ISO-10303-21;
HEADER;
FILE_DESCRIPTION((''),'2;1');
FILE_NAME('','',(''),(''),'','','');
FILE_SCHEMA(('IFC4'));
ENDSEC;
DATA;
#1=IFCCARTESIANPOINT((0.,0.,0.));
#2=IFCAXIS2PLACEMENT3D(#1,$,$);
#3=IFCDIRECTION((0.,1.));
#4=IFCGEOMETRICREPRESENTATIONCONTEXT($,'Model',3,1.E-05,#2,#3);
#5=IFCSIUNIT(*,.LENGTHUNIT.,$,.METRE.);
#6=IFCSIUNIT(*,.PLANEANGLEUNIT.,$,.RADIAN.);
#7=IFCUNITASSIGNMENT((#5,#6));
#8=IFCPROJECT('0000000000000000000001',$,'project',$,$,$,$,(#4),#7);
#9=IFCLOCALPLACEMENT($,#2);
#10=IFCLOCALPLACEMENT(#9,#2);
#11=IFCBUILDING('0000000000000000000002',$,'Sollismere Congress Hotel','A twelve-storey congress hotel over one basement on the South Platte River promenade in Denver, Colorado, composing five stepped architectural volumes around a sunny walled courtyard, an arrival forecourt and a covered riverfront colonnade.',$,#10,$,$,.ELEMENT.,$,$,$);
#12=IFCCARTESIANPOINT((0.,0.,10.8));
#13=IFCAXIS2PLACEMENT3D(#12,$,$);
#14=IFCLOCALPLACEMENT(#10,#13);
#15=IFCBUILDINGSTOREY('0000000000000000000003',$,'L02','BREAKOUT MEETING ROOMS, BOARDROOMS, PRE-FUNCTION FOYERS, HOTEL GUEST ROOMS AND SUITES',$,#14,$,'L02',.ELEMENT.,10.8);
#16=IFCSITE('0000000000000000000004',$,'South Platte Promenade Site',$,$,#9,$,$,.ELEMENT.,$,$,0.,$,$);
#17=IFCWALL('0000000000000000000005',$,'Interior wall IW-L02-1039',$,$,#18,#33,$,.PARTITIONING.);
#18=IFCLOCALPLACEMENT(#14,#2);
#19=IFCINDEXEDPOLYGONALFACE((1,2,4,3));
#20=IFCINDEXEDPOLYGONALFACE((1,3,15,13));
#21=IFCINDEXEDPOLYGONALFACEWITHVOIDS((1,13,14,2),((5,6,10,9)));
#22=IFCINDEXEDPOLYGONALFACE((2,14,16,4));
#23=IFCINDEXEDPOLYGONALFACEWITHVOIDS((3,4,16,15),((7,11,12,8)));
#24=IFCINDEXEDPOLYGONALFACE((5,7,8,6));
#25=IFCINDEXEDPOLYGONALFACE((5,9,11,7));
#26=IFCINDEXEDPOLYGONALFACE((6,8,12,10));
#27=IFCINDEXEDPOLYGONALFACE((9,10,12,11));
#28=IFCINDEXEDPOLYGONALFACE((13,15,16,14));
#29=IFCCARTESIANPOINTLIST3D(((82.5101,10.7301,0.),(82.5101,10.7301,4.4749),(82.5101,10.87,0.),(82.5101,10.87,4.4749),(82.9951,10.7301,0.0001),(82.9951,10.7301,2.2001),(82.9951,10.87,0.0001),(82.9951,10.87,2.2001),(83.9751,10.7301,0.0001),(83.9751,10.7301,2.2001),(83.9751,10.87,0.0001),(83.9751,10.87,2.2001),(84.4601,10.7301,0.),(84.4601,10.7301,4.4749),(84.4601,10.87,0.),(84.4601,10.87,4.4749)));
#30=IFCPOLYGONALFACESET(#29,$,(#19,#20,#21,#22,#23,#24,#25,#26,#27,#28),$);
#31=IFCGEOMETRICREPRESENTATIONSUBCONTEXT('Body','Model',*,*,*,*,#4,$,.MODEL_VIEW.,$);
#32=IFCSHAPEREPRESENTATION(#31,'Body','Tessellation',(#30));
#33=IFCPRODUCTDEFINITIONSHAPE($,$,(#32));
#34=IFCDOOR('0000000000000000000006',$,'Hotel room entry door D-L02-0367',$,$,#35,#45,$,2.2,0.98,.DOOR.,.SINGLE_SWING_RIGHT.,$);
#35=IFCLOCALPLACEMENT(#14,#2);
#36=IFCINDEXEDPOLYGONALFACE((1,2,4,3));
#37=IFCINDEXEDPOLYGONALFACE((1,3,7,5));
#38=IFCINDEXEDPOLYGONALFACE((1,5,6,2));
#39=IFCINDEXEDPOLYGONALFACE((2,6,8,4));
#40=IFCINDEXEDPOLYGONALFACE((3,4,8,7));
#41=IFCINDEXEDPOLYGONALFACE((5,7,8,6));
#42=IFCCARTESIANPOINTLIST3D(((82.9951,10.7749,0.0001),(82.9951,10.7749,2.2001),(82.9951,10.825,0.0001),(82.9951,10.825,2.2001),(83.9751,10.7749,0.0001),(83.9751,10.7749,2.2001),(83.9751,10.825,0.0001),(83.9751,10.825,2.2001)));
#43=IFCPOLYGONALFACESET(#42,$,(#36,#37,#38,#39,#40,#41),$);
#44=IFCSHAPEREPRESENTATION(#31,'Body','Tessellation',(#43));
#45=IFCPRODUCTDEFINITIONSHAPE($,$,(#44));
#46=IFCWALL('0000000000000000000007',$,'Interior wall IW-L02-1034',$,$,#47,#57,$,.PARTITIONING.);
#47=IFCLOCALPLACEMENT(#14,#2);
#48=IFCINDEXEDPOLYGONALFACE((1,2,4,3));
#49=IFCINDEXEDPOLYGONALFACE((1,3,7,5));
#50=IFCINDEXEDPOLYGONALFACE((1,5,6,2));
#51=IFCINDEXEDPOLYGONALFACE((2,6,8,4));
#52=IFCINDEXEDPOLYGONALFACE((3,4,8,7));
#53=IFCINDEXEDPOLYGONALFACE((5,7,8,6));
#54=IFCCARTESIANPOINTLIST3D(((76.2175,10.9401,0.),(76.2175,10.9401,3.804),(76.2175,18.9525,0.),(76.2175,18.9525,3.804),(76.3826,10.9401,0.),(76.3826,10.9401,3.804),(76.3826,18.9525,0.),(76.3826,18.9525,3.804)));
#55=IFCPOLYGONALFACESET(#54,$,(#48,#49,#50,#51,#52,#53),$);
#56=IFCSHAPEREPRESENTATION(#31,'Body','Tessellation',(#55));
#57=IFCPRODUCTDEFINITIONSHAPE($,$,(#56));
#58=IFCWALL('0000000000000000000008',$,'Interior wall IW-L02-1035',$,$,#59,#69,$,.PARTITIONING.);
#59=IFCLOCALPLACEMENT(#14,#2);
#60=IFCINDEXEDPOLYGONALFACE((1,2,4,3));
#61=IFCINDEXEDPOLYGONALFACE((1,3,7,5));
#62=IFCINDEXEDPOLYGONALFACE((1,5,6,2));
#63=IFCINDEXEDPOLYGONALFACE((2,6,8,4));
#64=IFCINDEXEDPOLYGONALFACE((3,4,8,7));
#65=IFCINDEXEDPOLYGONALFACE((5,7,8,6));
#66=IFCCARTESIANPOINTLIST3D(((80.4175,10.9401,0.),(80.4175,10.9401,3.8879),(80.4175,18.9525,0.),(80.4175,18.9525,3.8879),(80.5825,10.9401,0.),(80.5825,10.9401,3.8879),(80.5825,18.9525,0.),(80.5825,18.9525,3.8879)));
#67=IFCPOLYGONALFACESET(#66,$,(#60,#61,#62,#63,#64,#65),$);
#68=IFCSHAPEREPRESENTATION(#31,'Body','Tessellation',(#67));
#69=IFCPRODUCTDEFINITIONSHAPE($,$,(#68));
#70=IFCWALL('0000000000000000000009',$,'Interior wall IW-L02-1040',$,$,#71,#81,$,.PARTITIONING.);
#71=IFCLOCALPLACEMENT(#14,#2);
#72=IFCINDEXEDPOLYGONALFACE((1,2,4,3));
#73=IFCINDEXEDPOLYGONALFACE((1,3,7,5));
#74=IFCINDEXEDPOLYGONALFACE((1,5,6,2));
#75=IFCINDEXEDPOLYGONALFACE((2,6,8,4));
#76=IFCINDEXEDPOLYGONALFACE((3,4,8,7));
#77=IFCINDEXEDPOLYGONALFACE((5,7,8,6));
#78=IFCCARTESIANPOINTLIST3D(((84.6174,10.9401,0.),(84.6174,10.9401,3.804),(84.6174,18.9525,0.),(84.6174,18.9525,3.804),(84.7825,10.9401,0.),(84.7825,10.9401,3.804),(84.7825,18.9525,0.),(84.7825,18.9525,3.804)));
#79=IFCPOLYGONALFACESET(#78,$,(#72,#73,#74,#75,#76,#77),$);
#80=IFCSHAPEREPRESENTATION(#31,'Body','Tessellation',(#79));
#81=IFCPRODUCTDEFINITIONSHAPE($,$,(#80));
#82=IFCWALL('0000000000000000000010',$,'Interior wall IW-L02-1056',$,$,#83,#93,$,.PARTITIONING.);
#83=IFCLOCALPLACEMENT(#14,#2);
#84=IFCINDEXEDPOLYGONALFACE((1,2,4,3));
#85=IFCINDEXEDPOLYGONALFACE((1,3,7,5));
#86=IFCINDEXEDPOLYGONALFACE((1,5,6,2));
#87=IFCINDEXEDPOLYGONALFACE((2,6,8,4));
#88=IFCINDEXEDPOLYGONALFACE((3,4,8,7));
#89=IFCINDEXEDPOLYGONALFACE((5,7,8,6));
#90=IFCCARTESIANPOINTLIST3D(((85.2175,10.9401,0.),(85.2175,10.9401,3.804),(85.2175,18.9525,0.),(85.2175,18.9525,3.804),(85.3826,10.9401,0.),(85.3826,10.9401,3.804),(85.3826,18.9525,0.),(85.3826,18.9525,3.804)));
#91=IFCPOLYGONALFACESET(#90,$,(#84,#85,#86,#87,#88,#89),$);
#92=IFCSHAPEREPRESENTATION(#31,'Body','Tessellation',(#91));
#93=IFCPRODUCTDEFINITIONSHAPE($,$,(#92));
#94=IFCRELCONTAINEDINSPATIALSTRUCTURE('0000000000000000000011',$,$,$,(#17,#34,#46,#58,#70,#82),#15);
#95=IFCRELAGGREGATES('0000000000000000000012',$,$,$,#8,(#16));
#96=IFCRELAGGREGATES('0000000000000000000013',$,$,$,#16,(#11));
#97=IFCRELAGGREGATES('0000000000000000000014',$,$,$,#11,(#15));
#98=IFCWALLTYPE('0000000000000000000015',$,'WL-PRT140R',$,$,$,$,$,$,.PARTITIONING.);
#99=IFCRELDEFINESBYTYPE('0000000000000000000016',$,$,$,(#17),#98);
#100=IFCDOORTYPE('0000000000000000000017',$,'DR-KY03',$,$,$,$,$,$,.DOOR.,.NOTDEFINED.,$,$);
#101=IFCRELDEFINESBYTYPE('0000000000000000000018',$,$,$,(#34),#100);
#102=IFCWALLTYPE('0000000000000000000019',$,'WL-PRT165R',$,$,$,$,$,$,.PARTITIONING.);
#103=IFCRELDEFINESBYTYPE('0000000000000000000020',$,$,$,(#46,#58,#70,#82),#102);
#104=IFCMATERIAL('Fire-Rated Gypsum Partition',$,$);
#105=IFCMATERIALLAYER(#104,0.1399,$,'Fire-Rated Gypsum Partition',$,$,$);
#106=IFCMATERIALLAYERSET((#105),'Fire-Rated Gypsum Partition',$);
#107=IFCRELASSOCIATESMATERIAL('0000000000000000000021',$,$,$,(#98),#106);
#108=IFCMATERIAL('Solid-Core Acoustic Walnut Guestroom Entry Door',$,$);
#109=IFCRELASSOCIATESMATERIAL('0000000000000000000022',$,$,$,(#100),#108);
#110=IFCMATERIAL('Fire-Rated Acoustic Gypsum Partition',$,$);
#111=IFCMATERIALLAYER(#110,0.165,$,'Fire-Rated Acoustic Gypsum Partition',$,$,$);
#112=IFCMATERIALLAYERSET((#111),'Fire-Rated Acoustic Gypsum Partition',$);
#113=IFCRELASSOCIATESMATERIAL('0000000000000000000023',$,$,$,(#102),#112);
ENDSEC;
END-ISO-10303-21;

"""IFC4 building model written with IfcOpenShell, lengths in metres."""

from ifc_helpers import new_model, si_unit, direction, frame, frame_2d, origin, place, context, subcontext, project, spatial, rectangle, extrude, material, layer, layer_set, type_object, element, fill, save


model = new_model("IFC4")

# Units and contexts
model_context = context("Model", 3, precision=1e-05, world=origin(), true_north=direction((0.0, 1.0)))
body_context = subcontext(model_context, "Body", "Model", "MODEL_VIEW")
ifc_project = project(units=[si_unit("LENGTHUNIT", "METRE"), si_unit("PLANEANGLEUNIT", "RADIAN")], contexts=[model_context])

# Site, building, storey
site_placement = place(None, origin())
site = spatial("IfcSite", under=ifc_project, at=site_placement, Name="South Platte Promenade Site", CompositionType="ELEMENT", RefElevation=0.0)
building_placement = place(site_placement, origin())
building = spatial("IfcBuilding", under=site, at=building_placement, Name="Sollismere Congress Hotel", Description="A twelve-storey congress hotel over one basement on the South Platte River promenade in Denver, Colorado, composing five stepped architectural volumes around a sunny walled courtyard, an arrival forecourt and a covered riverfront colonnade.", CompositionType="ELEMENT")
storey_placement = place(building_placement, frame((0.0, 0.0, 10.8)))
storey = spatial("IfcBuildingStorey", under=building, at=storey_placement, Name="L02", Description="BREAKOUT MEETING ROOMS, BOARDROOMS, PRE-FUNCTION FOYERS, HOTEL GUEST ROOMS AND SUITES", LongName="L02", CompositionType="ELEMENT", Elevation=10.8)

# Shared definitions
ifc_material_1 = material(Name="Fire-Rated Gypsum Partition")
ifc_layer_1 = layer(ifc_material_1, 0.1399, Name="Fire-Rated Gypsum Partition")
ifc_layer_set_1 = layer_set([ifc_layer_1], Name="Fire-Rated Gypsum Partition")
wall_type_1 = type_object("IfcWallType", Name="WL-PRT140R", PredefinedType="PARTITIONING", material=ifc_layer_set_1)

# Shared definitions
ifc_material_2 = material(Name="Solid-Core Acoustic Walnut Guestroom Entry Door")

# Wall, opening, door
wall_1_placement = place(storey_placement, frame((82.51, 10.8, 0.0), z_axis=(0.0, 0.0, 1.0), x_axis=(1.0, 0.0, 0.0)))
wall_1 = element("IfcWall", 1, at=wall_1_placement, inside=storey, type_object=wall_type_1, Name="Interior wall IW-L02-1039", PredefinedType="PARTITIONING", context=body_context, shape_type="SweptSolid", body=[
    extrude(rectangle(XDim=1.95, YDim=0.1399, at=frame_2d((0.9751, 0.0))), origin(), (0.0, 0.0, 1.0), 4.4749),
])
opening_1_placement = place(wall_1_placement, frame((0.4851, 0.0, 0.0)))
opening_1 = element("IfcOpeningElement", 2, at=opening_1_placement, cuts=wall_1, PredefinedType="OPENING", context=body_context, shape_type="SweptSolid", body=[
    extrude(rectangle(XDim=0.98, YDim=2.2, at=frame_2d((0.49, 1.1001))), frame((0.0, 0.0798, 0.0), z_axis=(0.0, -1.0, 0.0), x_axis=(1.0, 0.0, 0.0)), (0.0, 0.0, 1.0), 0.1599),
])
door_type_1 = type_object("IfcDoorType", Name="DR-KY03", OperationType="NOTDEFINED", PredefinedType="DOOR", material=ifc_material_2)
door_1_placement = place(opening_1_placement, origin())
door_1 = element("IfcDoor", 3, at=door_1_placement, inside=storey, type_object=door_type_1, Name="Hotel room entry door D-L02-0367", OperationType="SINGLE_SWING_RIGHT", OverallHeight=2.2, OverallWidth=0.98, PredefinedType="DOOR", context=body_context, shape_type="SweptSolid", body=[
    extrude(rectangle(XDim=0.98, YDim=2.2, at=frame_2d((0.49, 1.1001))), frame((0.0, 0.0249, 0.0), z_axis=(0.0, -1.0, 0.0), x_axis=(1.0, 0.0, 0.0)), (0.0, 0.0, 1.0), 0.05),
])
fill(opening_1, door_1)

# Walls
ifc_material_3 = material(Name="Fire-Rated Acoustic Gypsum Partition")
ifc_layer_2 = layer(ifc_material_3, 0.165, Name="Fire-Rated Acoustic Gypsum Partition")
ifc_layer_set_2 = layer_set([ifc_layer_2], Name="Fire-Rated Acoustic Gypsum Partition")
wall_type_2 = type_object("IfcWallType", Name="WL-PRT165R", PredefinedType="PARTITIONING", material=ifc_layer_set_2)
wall_2_placement = place(storey_placement, frame((76.3, 10.9399, 0.0), z_axis=(0.0, 0.0, 1.0), x_axis=(0.0, 1.0, 0.0)))
element("IfcWall", 4, at=wall_2_placement, inside=storey, type_object=wall_type_2, Name="Interior wall IW-L02-1034", PredefinedType="PARTITIONING", context=body_context, shape_type="SweptSolid", body=[
    extrude(rectangle(XDim=8.0125, YDim=0.165, at=frame_2d((4.0063, 0.0))), origin(), (0.0, 0.0, 1.0), 3.804),
])
wall_3_placement = place(storey_placement, frame((80.5, 10.9399, 0.0), z_axis=(0.0, 0.0, 1.0), x_axis=(0.0, 1.0, 0.0)))
element("IfcWall", 5, at=wall_3_placement, inside=storey, type_object=wall_type_2, Name="Interior wall IW-L02-1035", PredefinedType="PARTITIONING", context=body_context, shape_type="SweptSolid", body=[
    extrude(rectangle(XDim=8.0125, YDim=0.165, at=frame_2d((4.0063, 0.0))), origin(), (0.0, 0.0, 1.0), 3.8879),
])
for number, where, z_axis, x_axis, name in (
    (6, (84.7, 10.9399, 0.0), (0.0, 0.0, 1.0), (0.0, 1.0, 0.0), "Interior wall IW-L02-1040"),
    (7, (85.3, 10.9399, 0.0), (0.0, 0.0, 1.0), (0.0, 1.0, 0.0), "Interior wall IW-L02-1056"),
):
    element("IfcWall", number, at=place(storey_placement, frame(where, z_axis=z_axis, x_axis=x_axis)), inside=storey, type_object=wall_type_2, Name=name, PredefinedType="PARTITIONING", context=body_context, shape_type="SweptSolid", body=[
        extrude(rectangle(XDim=8.0125, YDim=0.165, at=frame_2d((4.0063, 0.0))), origin(), (0.0, 0.0, 1.0), 3.804),
    ])

save(model, "model.ifc")
